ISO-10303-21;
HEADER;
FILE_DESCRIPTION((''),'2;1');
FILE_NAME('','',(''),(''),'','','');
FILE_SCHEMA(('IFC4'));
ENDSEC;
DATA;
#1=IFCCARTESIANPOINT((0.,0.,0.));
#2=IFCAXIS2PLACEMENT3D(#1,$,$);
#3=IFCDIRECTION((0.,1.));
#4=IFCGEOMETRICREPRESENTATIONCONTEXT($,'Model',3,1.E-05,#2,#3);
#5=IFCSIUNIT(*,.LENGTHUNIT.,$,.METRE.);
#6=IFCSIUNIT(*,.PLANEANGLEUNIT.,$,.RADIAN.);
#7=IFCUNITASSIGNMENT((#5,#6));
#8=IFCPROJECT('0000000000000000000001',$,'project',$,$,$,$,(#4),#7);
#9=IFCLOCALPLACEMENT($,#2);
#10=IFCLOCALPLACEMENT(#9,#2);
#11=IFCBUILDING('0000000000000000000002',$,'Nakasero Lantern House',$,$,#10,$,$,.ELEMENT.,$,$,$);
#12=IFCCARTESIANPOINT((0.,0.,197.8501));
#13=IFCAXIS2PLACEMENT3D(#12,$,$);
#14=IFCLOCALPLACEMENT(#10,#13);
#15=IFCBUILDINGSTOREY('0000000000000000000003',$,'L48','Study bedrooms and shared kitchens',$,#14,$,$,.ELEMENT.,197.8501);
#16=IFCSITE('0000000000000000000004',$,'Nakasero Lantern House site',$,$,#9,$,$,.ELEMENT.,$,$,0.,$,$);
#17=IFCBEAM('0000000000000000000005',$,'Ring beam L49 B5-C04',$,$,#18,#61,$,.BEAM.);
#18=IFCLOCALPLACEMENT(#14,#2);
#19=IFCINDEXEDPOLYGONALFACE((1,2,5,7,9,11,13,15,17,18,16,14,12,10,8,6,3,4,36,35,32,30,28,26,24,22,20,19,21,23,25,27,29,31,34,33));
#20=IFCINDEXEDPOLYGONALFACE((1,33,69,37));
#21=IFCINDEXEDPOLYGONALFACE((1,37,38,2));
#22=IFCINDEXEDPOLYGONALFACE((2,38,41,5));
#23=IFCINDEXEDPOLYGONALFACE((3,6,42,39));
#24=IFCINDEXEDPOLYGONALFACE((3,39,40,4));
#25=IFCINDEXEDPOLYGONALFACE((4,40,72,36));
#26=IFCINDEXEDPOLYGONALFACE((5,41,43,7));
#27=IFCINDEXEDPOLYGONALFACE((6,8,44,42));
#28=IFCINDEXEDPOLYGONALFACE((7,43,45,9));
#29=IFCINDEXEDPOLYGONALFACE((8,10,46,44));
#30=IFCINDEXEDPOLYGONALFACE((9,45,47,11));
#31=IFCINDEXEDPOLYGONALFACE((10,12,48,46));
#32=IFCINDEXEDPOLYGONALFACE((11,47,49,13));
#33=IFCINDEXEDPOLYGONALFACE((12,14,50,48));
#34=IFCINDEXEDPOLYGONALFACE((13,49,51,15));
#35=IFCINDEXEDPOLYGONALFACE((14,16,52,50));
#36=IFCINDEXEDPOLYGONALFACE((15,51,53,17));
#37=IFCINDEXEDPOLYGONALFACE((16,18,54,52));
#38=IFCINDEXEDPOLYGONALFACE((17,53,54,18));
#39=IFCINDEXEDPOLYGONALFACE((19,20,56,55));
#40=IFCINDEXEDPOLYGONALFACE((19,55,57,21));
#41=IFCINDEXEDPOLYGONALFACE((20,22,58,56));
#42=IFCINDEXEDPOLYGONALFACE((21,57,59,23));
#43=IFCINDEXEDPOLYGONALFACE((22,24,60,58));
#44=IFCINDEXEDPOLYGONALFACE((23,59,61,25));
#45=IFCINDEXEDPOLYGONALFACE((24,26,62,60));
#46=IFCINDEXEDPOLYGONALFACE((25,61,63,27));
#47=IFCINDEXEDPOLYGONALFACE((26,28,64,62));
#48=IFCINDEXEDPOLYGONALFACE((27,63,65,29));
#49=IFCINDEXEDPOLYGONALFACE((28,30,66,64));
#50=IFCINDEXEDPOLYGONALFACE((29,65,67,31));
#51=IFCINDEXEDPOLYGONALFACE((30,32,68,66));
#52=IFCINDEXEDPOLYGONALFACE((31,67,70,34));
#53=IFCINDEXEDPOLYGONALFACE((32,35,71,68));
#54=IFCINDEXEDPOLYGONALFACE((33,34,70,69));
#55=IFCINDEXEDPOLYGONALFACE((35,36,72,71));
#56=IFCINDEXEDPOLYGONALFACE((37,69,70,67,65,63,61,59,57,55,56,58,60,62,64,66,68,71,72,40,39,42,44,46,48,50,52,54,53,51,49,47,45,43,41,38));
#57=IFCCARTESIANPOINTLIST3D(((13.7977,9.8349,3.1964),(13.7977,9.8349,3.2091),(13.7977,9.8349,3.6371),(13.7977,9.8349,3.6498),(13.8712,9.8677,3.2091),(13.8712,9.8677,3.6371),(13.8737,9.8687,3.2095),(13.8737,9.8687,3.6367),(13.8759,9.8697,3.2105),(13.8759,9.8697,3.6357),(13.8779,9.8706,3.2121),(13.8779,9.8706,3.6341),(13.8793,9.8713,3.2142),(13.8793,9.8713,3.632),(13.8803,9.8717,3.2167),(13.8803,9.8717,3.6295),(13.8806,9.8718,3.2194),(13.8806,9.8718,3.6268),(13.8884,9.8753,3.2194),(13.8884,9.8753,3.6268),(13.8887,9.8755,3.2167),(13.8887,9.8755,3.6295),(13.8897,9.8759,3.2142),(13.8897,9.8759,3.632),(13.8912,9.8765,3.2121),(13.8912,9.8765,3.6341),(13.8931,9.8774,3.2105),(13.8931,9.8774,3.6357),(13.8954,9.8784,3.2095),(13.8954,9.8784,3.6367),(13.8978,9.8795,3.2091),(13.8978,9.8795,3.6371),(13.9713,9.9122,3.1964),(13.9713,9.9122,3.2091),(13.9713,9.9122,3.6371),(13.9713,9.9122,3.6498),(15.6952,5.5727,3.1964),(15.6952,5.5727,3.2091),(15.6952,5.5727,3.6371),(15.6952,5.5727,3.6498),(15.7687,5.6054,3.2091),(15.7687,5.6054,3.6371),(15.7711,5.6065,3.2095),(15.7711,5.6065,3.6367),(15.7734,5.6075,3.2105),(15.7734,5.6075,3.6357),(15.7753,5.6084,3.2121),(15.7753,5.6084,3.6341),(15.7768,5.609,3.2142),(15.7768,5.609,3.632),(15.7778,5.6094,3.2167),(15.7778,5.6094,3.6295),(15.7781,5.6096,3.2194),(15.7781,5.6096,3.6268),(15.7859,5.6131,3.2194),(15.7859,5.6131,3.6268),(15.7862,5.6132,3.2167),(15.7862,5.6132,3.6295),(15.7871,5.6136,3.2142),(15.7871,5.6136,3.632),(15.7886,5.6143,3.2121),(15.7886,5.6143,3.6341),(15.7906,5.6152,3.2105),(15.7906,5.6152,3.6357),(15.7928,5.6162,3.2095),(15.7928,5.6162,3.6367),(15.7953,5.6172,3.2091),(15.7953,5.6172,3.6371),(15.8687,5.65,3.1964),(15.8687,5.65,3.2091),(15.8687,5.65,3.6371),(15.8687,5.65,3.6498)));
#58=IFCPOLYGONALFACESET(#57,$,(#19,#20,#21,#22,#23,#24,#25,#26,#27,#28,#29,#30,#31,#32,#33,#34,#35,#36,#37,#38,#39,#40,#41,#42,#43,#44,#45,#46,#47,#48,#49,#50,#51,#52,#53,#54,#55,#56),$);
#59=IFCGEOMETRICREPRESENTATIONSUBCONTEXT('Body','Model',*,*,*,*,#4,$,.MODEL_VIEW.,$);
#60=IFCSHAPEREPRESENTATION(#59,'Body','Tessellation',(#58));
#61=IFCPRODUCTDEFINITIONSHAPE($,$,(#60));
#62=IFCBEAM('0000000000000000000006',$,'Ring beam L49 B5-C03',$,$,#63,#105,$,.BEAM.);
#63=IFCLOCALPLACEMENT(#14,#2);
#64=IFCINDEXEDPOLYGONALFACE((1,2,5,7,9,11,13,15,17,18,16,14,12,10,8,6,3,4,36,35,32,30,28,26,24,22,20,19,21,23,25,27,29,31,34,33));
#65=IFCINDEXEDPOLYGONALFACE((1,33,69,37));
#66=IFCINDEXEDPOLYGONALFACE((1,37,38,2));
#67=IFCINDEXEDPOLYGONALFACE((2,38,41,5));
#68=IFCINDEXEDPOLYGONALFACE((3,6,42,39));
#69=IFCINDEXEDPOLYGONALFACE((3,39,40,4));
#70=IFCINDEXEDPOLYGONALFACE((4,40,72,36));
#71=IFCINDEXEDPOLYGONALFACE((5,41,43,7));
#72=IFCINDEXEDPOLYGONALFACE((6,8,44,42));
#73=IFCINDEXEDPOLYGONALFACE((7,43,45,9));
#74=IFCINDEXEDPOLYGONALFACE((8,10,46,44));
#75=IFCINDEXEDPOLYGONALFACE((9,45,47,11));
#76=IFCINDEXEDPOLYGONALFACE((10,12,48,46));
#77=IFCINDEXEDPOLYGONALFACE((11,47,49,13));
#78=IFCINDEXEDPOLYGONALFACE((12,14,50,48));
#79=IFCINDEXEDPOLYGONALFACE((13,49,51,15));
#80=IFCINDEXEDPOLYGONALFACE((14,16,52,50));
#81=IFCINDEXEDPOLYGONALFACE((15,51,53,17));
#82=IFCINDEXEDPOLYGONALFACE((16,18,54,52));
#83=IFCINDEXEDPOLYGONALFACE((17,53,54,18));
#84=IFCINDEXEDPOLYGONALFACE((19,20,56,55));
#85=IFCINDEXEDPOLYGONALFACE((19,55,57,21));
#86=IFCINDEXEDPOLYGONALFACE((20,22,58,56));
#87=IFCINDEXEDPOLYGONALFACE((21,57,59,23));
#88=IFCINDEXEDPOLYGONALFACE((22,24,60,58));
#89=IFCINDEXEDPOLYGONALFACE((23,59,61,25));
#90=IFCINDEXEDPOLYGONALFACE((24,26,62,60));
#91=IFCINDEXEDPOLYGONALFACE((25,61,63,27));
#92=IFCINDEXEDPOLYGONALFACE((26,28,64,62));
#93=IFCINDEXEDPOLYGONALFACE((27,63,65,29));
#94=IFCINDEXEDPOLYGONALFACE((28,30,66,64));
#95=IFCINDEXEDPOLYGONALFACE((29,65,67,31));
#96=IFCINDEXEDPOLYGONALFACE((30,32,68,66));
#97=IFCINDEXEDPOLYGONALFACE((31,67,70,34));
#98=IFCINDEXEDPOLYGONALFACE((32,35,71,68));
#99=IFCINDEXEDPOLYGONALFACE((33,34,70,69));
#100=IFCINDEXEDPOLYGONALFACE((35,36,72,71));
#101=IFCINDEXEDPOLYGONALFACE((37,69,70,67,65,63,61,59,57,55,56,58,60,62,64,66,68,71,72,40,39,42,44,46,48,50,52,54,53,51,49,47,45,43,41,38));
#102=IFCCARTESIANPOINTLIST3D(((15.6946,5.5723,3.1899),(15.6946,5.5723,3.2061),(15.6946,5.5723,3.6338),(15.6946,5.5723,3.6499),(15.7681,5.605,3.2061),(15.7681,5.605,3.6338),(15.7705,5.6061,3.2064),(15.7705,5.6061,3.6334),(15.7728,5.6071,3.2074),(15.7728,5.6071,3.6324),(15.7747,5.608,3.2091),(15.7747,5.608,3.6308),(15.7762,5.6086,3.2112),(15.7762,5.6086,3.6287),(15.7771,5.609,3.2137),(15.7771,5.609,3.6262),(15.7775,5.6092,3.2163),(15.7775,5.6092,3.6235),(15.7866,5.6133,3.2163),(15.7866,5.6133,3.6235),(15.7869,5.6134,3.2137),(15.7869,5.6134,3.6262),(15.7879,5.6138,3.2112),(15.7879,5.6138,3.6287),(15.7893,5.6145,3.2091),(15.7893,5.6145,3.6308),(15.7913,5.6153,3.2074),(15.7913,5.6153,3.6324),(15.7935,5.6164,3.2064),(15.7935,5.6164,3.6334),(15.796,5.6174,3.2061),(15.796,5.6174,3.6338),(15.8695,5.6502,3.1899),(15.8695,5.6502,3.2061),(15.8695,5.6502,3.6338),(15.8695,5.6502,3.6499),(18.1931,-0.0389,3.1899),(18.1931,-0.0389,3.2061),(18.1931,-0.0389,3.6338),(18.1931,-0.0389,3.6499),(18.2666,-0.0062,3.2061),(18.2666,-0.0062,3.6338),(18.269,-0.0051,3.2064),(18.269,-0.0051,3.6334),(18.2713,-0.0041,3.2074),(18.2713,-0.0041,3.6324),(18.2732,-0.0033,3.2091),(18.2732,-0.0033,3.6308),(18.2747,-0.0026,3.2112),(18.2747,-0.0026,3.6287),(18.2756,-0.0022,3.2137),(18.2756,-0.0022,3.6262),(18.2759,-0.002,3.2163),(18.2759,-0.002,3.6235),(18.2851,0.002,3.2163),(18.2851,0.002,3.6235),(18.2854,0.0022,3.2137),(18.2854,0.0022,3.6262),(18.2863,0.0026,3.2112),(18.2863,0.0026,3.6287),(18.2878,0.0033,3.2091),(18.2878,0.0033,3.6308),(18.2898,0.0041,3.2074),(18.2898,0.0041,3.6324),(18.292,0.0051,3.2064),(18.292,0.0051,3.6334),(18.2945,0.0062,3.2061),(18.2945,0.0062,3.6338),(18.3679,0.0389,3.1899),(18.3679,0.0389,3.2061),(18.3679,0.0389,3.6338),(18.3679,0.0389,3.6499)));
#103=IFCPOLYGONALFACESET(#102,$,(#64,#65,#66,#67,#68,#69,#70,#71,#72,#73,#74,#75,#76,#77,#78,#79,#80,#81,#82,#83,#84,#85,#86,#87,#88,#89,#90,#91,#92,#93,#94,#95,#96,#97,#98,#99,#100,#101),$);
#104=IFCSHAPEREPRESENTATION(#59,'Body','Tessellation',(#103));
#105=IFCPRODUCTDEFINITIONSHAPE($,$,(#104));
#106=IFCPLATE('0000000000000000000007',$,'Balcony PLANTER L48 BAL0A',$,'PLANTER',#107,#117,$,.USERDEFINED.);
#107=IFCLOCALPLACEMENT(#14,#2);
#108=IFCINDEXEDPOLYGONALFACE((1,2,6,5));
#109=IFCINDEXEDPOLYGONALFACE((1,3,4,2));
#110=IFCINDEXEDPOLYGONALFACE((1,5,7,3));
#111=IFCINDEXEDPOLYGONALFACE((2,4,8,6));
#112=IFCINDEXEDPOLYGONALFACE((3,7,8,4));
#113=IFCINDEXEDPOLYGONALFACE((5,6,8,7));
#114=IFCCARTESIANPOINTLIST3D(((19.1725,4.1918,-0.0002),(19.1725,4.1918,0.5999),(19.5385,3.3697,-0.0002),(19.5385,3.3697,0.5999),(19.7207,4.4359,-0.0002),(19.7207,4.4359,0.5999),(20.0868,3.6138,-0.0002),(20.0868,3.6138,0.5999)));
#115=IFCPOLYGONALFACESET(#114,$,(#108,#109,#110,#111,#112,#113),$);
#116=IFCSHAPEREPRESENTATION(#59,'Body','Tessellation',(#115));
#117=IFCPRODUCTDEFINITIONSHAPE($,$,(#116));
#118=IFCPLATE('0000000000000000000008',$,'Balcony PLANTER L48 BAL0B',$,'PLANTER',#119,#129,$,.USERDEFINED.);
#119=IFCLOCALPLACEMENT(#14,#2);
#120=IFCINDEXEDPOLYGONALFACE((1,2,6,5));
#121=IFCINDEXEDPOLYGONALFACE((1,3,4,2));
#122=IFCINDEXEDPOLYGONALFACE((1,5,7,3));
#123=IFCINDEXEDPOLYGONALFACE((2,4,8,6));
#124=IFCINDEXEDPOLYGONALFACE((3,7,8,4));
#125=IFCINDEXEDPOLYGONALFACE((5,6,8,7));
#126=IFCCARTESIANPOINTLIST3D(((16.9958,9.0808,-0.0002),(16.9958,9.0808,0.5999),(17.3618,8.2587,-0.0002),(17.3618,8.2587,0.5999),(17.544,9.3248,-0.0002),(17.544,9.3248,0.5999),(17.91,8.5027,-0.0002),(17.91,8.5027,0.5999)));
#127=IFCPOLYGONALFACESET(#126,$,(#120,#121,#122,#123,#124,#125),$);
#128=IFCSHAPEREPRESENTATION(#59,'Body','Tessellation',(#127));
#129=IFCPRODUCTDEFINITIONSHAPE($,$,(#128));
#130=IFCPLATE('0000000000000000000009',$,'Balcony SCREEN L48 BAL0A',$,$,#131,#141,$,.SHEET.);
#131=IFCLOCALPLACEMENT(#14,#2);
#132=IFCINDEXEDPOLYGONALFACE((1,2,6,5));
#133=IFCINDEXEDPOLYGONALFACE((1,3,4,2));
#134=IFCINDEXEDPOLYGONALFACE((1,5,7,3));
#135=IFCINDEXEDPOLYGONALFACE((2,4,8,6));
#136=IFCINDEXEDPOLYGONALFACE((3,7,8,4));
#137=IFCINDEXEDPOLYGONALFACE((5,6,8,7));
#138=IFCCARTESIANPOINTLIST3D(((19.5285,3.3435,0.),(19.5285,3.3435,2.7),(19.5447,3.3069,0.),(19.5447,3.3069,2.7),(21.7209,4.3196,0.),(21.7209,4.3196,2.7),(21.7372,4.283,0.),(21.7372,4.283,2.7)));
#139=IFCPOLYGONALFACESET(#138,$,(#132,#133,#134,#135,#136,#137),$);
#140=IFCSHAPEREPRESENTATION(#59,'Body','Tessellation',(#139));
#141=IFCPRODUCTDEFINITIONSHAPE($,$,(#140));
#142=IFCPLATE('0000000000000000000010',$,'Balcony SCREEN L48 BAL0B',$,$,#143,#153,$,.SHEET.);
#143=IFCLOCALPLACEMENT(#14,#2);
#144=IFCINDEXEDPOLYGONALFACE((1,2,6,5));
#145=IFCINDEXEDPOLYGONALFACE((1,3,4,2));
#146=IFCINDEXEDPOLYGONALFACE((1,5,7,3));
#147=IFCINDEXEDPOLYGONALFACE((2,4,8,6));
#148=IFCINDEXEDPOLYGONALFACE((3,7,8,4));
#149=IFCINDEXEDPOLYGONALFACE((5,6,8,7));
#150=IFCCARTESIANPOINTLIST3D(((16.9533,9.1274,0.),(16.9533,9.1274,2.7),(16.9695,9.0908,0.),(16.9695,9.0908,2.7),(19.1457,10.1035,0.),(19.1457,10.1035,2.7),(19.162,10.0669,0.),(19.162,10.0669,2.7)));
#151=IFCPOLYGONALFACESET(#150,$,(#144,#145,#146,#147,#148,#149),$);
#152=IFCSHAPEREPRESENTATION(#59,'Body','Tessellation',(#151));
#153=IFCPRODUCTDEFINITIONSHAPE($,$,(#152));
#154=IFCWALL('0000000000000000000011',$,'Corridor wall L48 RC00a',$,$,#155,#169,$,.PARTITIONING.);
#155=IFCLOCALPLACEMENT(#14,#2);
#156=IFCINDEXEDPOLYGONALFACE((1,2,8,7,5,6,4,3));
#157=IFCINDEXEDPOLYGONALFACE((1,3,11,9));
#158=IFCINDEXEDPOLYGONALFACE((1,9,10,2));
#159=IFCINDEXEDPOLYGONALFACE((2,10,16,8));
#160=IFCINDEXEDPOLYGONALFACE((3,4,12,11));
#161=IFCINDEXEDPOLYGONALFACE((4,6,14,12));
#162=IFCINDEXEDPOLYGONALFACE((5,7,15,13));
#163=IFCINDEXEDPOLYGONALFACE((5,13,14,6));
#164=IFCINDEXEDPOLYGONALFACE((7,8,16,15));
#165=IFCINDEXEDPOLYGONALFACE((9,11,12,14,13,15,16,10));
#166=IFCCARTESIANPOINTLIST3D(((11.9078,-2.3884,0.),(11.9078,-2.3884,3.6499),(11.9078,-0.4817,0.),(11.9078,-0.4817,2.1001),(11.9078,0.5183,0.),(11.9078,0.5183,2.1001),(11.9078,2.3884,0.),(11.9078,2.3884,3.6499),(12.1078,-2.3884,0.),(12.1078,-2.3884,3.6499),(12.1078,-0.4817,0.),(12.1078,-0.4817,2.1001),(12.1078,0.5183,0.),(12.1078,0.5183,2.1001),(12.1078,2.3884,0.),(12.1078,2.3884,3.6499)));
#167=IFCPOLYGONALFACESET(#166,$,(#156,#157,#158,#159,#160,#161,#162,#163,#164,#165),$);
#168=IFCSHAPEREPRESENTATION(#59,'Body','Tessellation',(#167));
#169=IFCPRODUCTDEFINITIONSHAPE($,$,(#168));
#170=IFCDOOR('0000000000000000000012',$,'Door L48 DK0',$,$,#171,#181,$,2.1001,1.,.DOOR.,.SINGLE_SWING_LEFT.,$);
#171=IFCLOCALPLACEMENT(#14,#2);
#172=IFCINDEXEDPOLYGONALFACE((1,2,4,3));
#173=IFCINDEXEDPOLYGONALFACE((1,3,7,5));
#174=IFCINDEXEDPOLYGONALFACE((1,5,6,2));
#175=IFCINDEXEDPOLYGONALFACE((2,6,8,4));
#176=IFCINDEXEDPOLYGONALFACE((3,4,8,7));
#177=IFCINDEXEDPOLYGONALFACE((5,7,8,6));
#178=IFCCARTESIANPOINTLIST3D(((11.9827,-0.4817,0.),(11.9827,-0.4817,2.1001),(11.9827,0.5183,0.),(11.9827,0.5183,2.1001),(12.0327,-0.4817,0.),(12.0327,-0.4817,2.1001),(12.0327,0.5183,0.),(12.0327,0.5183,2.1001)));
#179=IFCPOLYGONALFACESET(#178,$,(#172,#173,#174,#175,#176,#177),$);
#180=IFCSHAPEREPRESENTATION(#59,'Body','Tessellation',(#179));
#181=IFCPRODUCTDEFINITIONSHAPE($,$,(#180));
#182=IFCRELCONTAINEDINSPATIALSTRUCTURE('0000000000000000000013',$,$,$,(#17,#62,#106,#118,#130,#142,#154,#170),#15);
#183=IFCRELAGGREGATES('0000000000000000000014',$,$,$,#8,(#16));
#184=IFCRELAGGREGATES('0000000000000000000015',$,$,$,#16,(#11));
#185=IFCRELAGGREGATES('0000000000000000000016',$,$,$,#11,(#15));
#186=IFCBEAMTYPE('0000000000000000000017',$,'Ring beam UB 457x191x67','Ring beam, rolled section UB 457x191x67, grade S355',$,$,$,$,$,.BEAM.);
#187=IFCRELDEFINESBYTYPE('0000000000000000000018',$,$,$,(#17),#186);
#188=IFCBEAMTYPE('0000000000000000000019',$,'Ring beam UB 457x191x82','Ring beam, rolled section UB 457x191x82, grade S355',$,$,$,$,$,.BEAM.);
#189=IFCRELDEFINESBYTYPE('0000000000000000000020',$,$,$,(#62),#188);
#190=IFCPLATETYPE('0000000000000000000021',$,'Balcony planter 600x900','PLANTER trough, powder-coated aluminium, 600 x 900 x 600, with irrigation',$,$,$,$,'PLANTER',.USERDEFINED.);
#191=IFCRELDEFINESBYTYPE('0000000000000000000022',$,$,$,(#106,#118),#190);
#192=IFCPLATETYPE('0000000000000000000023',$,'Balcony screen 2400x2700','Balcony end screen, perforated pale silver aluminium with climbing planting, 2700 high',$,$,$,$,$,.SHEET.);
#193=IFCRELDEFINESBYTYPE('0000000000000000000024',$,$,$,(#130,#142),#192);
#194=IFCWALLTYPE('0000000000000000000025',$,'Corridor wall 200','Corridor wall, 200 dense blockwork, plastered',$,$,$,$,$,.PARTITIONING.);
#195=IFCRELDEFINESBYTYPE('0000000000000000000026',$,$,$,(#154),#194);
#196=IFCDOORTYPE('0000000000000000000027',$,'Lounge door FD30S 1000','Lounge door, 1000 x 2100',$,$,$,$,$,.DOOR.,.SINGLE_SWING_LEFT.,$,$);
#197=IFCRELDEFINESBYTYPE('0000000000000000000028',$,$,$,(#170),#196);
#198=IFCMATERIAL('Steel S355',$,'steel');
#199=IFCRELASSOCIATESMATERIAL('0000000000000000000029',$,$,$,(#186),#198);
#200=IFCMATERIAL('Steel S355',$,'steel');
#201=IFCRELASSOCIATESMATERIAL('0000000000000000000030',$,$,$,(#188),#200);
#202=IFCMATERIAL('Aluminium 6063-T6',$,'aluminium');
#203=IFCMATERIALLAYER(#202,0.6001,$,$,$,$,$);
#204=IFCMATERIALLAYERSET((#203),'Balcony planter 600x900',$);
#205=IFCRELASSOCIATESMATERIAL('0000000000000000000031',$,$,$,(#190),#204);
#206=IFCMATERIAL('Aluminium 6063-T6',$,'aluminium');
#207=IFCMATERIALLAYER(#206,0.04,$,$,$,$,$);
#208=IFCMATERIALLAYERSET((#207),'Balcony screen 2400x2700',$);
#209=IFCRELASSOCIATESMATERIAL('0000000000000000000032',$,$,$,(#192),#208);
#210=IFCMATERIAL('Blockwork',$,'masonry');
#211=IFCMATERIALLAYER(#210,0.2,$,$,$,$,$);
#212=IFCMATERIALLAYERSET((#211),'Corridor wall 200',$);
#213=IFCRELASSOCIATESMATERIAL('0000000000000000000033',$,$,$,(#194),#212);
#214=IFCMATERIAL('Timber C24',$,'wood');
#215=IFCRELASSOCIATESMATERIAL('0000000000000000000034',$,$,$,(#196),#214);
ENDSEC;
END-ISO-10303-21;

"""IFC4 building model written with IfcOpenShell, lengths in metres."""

from ifc_helpers import new_model, si_unit, direction, frame, frame_2d, origin, origin_2d, place, context, subcontext, project, spatial, rectangle, i_section, extrude, material, layer, layer_set, material_profile, profile_set, type_object, element, fill, save


model = new_model("IFC4")

# Units and contexts
model_context = context("Model", 3, precision=1e-05, world=origin(), true_north=direction((0.0, 1.0)))
body_context = subcontext(model_context, "Body", "Model", "MODEL_VIEW")
ifc_project = project(units=[si_unit("LENGTHUNIT", "METRE"), si_unit("PLANEANGLEUNIT", "RADIAN")], contexts=[model_context])

# Site, building, storey
site_placement = place(None, origin())
site = spatial("IfcSite", under=ifc_project, at=site_placement, Name="Nakasero Lantern House site", CompositionType="ELEMENT", RefElevation=0.0)
building_placement = place(site_placement, origin())
building = spatial("IfcBuilding", under=site, at=building_placement, Name="Nakasero Lantern House", CompositionType="ELEMENT")
storey_placement = place(building_placement, frame((0.0, 0.0, 197.8501)))
storey = spatial("IfcBuildingStorey", under=building, at=storey_placement, Name="L48", Description="Study bedrooms and shared kitchens", CompositionType="ELEMENT", Elevation=197.8501)

# Beams
ifc_material_1 = material(Name="Steel S355", Category="steel")
ifc_material_profile_1 = material_profile(ifc_material_1, i_section(OverallWidth=0.1899, OverallDepth=0.4534, WebThickness=0.0085, FlangeThickness=0.0127, FilletRadius=0.0103, at=origin_2d()), Name="UB 457x191x67")
ifc_profile_set_1 = profile_set([ifc_material_profile_1], Name="Steel S355")
beam_type_1 = type_object("IfcBeamType", Name="Ring beam UB 457x191x67", Description="Ring beam, rolled section UB 457x191x67, grade S355", PredefinedType="BEAM", material=ifc_profile_set_1)
beam_1_placement = place(storey_placement, frame((15.782, 5.6113, 3.4231), z_axis=(-0.406702, 0.913561, 0.0), x_axis=(-0.913561, -0.406702, 0.0)))
element("IfcBeam", 1, at=beam_1_placement, inside=storey, type_object=beam_type_1, Name="Ring beam L49 B5-C04", PredefinedType="BEAM", context=body_context, shape_type="SweptSolid", body=[
    extrude(i_section(OverallWidth=0.1899, OverallDepth=0.4534, WebThickness=0.0085, FlangeThickness=0.0127, FilletRadius=0.0103, at=origin_2d()), origin(), (0.0, 0.0, 1.0), 4.6655),
])
ifc_material_2 = material(Name="Steel S355", Category="steel")
ifc_material_profile_2 = material_profile(ifc_material_2, i_section(OverallWidth=0.1914, OverallDepth=0.46, WebThickness=0.01, FlangeThickness=0.0161, FilletRadius=0.0103, at=origin_2d()), Name="UB 457x191x82")
ifc_profile_set_2 = profile_set([ifc_material_profile_2], Name="Steel S355")
beam_type_2 = type_object("IfcBeamType", Name="Ring beam UB 457x191x82", Description="Ring beam, rolled section UB 457x191x82, grade S355", PredefinedType="BEAM", material=ifc_profile_set_2)
beam_2_placement = place(storey_placement, frame((18.2805, 0.0, 3.4199), z_axis=(-0.406765, 0.913533, 0.0), x_axis=(-0.913533, -0.406765, 0.0)))
element("IfcBeam", 2, at=beam_2_placement, inside=storey, type_object=beam_type_2, Name="Ring beam L49 B5-C03", PredefinedType="BEAM", context=body_context, shape_type="SweptSolid", body=[
    extrude(i_section(OverallWidth=0.1914, OverallDepth=0.46, WebThickness=0.01, FlangeThickness=0.0161, FilletRadius=0.0103, at=origin_2d()), origin(), (0.0, 0.0, 1.0), 6.1423),
])

# Plates
ifc_material_3 = material(Name="Aluminium 6063-T6", Category="aluminium")
ifc_layer_1 = layer(ifc_material_3, 0.6001)
ifc_layer_set_1 = layer_set([ifc_layer_1], Name="Balcony planter 600x900")
plate_type_1 = type_object("IfcPlateType", Name="Balcony planter 600x900", Description="PLANTER trough, powder-coated aluminium, 600 x 900 x 600, with irrigation", ElementType="PLANTER", PredefinedType="USERDEFINED", material=ifc_layer_set_1)
for number, where, z_axis, x_axis, name in (
    (3, (19.6296, 3.9028, -0.0002), (0.0, 0.0, 1.0), (0.913545, 0.406737, 0.0), "Balcony PLANTER L48 BAL0A"),
    (4, (17.4529, 8.7917, -0.0002), (0.0, 0.0, 1.0), (0.913545, 0.406737, 0.0), "Balcony PLANTER L48 BAL0B"),
):
    element("IfcPlate", number, at=place(storey_placement, frame(where, z_axis=z_axis, x_axis=x_axis)), inside=storey, type_object=plate_type_1, Name=name, ObjectType="PLANTER", PredefinedType="USERDEFINED", context=body_context, shape_type="SweptSolid", body=[
        extrude(rectangle(XDim=0.6001, YDim=0.8999, at=origin_2d()), origin(), (0.0, 0.0, 1.0), 0.6001),
    ])
ifc_material_4 = material(Name="Aluminium 6063-T6", Category="aluminium")
ifc_layer_2 = layer(ifc_material_4, 0.04)
ifc_layer_set_2 = layer_set([ifc_layer_2], Name="Balcony screen 2400x2700")
plate_type_2 = type_object("IfcPlateType", Name="Balcony screen 2400x2700", Description="Balcony end screen, perforated pale silver aluminium with climbing planting, 2700 high", PredefinedType="SHEET", material=ifc_layer_set_2)
for number, where, z_axis, x_axis, name in (
    (5, (20.6328, 3.8132, 0.0), (0.0, 0.0, 1.0), (0.913545, 0.406737, 0.0), "Balcony SCREEN L48 BAL0A"),
    (6, (18.0576, 9.5972, 0.0), (0.0, 0.0, 1.0), (0.913545, 0.406737, 0.0), "Balcony SCREEN L48 BAL0B"),
):
    element("IfcPlate", number, at=place(storey_placement, frame(where, z_axis=z_axis, x_axis=x_axis)), inside=storey, type_object=plate_type_2, Name=name, PredefinedType="SHEET", context=body_context, shape_type="SweptSolid", body=[
        extrude(rectangle(XDim=2.3999, YDim=0.04, at=origin_2d()), origin(), (0.0, 0.0, 1.0), 2.7),
    ])

# Wall, opening, door
ifc_material_5 = material(Name="Blockwork", Category="masonry")
ifc_layer_3 = layer(ifc_material_5, 0.2)
ifc_layer_set_3 = layer_set([ifc_layer_3], Name="Corridor wall 200")
wall_type_1 = type_object("IfcWallType", Name="Corridor wall 200", Description="Corridor wall, 200 dense blockwork, plastered", PredefinedType="PARTITIONING", material=ifc_layer_set_3)
wall_1_placement = place(storey_placement, frame((12.0078, 2.3884, 0.0), z_axis=(0.0, 0.0, 1.0), x_axis=(0.0, -1.0, 0.0)))
wall_1 = element("IfcWall", 7, at=wall_1_placement, inside=storey, type_object=wall_type_1, Name="Corridor wall L48 RC00a", PredefinedType="PARTITIONING", context=body_context, shape_type="SweptSolid", body=[
    extrude(rectangle(XDim=4.7769, YDim=0.2, at=frame_2d((2.3884, 0.0))), origin(), (0.0, 0.0, 1.0), 3.6499),
])
opening_1_placement = place(wall_1_placement, frame((1.8701, 0.0, 0.0)))
opening_1 = element("IfcOpeningElement", 8, at=opening_1_placement, cuts=wall_1, PredefinedType="OPENING", context=body_context, shape_type="SweptSolid", body=[
    extrude(rectangle(XDim=1.0, YDim=2.1001, at=frame_2d((0.5, 1.05))), frame((0.0, 0.1199, 0.0), z_axis=(0.0, -1.0, 0.0), x_axis=(1.0, 0.0, 0.0)), (0.0, 0.0, 1.0), 0.24),
])
ifc_material_6 = material(Name="Timber C24", Category="wood")
door_type_1 = type_object("IfcDoorType", Name="Lounge door FD30S 1000", Description="Lounge door, 1000 x 2100", OperationType="SINGLE_SWING_LEFT", PredefinedType="DOOR", material=ifc_material_6)
door_1_placement = place(opening_1_placement, origin())
door_1 = element("IfcDoor", 9, at=door_1_placement, inside=storey, type_object=door_type_1, Name="Door L48 DK0", OperationType="SINGLE_SWING_LEFT", OverallHeight=2.1001, OverallWidth=1.0, PredefinedType="DOOR", context=body_context, shape_type="SweptSolid", body=[
    extrude(rectangle(XDim=1.0, YDim=2.1001, at=frame_2d((0.5, 1.05))), frame((0.0, 0.0249, 0.0), z_axis=(0.0, -1.0, 0.0), x_axis=(1.0, 0.0, 0.0)), (0.0, 0.0, 1.0), 0.05),
])
fill(opening_1, door_1)

save(model, "model.ifc")
